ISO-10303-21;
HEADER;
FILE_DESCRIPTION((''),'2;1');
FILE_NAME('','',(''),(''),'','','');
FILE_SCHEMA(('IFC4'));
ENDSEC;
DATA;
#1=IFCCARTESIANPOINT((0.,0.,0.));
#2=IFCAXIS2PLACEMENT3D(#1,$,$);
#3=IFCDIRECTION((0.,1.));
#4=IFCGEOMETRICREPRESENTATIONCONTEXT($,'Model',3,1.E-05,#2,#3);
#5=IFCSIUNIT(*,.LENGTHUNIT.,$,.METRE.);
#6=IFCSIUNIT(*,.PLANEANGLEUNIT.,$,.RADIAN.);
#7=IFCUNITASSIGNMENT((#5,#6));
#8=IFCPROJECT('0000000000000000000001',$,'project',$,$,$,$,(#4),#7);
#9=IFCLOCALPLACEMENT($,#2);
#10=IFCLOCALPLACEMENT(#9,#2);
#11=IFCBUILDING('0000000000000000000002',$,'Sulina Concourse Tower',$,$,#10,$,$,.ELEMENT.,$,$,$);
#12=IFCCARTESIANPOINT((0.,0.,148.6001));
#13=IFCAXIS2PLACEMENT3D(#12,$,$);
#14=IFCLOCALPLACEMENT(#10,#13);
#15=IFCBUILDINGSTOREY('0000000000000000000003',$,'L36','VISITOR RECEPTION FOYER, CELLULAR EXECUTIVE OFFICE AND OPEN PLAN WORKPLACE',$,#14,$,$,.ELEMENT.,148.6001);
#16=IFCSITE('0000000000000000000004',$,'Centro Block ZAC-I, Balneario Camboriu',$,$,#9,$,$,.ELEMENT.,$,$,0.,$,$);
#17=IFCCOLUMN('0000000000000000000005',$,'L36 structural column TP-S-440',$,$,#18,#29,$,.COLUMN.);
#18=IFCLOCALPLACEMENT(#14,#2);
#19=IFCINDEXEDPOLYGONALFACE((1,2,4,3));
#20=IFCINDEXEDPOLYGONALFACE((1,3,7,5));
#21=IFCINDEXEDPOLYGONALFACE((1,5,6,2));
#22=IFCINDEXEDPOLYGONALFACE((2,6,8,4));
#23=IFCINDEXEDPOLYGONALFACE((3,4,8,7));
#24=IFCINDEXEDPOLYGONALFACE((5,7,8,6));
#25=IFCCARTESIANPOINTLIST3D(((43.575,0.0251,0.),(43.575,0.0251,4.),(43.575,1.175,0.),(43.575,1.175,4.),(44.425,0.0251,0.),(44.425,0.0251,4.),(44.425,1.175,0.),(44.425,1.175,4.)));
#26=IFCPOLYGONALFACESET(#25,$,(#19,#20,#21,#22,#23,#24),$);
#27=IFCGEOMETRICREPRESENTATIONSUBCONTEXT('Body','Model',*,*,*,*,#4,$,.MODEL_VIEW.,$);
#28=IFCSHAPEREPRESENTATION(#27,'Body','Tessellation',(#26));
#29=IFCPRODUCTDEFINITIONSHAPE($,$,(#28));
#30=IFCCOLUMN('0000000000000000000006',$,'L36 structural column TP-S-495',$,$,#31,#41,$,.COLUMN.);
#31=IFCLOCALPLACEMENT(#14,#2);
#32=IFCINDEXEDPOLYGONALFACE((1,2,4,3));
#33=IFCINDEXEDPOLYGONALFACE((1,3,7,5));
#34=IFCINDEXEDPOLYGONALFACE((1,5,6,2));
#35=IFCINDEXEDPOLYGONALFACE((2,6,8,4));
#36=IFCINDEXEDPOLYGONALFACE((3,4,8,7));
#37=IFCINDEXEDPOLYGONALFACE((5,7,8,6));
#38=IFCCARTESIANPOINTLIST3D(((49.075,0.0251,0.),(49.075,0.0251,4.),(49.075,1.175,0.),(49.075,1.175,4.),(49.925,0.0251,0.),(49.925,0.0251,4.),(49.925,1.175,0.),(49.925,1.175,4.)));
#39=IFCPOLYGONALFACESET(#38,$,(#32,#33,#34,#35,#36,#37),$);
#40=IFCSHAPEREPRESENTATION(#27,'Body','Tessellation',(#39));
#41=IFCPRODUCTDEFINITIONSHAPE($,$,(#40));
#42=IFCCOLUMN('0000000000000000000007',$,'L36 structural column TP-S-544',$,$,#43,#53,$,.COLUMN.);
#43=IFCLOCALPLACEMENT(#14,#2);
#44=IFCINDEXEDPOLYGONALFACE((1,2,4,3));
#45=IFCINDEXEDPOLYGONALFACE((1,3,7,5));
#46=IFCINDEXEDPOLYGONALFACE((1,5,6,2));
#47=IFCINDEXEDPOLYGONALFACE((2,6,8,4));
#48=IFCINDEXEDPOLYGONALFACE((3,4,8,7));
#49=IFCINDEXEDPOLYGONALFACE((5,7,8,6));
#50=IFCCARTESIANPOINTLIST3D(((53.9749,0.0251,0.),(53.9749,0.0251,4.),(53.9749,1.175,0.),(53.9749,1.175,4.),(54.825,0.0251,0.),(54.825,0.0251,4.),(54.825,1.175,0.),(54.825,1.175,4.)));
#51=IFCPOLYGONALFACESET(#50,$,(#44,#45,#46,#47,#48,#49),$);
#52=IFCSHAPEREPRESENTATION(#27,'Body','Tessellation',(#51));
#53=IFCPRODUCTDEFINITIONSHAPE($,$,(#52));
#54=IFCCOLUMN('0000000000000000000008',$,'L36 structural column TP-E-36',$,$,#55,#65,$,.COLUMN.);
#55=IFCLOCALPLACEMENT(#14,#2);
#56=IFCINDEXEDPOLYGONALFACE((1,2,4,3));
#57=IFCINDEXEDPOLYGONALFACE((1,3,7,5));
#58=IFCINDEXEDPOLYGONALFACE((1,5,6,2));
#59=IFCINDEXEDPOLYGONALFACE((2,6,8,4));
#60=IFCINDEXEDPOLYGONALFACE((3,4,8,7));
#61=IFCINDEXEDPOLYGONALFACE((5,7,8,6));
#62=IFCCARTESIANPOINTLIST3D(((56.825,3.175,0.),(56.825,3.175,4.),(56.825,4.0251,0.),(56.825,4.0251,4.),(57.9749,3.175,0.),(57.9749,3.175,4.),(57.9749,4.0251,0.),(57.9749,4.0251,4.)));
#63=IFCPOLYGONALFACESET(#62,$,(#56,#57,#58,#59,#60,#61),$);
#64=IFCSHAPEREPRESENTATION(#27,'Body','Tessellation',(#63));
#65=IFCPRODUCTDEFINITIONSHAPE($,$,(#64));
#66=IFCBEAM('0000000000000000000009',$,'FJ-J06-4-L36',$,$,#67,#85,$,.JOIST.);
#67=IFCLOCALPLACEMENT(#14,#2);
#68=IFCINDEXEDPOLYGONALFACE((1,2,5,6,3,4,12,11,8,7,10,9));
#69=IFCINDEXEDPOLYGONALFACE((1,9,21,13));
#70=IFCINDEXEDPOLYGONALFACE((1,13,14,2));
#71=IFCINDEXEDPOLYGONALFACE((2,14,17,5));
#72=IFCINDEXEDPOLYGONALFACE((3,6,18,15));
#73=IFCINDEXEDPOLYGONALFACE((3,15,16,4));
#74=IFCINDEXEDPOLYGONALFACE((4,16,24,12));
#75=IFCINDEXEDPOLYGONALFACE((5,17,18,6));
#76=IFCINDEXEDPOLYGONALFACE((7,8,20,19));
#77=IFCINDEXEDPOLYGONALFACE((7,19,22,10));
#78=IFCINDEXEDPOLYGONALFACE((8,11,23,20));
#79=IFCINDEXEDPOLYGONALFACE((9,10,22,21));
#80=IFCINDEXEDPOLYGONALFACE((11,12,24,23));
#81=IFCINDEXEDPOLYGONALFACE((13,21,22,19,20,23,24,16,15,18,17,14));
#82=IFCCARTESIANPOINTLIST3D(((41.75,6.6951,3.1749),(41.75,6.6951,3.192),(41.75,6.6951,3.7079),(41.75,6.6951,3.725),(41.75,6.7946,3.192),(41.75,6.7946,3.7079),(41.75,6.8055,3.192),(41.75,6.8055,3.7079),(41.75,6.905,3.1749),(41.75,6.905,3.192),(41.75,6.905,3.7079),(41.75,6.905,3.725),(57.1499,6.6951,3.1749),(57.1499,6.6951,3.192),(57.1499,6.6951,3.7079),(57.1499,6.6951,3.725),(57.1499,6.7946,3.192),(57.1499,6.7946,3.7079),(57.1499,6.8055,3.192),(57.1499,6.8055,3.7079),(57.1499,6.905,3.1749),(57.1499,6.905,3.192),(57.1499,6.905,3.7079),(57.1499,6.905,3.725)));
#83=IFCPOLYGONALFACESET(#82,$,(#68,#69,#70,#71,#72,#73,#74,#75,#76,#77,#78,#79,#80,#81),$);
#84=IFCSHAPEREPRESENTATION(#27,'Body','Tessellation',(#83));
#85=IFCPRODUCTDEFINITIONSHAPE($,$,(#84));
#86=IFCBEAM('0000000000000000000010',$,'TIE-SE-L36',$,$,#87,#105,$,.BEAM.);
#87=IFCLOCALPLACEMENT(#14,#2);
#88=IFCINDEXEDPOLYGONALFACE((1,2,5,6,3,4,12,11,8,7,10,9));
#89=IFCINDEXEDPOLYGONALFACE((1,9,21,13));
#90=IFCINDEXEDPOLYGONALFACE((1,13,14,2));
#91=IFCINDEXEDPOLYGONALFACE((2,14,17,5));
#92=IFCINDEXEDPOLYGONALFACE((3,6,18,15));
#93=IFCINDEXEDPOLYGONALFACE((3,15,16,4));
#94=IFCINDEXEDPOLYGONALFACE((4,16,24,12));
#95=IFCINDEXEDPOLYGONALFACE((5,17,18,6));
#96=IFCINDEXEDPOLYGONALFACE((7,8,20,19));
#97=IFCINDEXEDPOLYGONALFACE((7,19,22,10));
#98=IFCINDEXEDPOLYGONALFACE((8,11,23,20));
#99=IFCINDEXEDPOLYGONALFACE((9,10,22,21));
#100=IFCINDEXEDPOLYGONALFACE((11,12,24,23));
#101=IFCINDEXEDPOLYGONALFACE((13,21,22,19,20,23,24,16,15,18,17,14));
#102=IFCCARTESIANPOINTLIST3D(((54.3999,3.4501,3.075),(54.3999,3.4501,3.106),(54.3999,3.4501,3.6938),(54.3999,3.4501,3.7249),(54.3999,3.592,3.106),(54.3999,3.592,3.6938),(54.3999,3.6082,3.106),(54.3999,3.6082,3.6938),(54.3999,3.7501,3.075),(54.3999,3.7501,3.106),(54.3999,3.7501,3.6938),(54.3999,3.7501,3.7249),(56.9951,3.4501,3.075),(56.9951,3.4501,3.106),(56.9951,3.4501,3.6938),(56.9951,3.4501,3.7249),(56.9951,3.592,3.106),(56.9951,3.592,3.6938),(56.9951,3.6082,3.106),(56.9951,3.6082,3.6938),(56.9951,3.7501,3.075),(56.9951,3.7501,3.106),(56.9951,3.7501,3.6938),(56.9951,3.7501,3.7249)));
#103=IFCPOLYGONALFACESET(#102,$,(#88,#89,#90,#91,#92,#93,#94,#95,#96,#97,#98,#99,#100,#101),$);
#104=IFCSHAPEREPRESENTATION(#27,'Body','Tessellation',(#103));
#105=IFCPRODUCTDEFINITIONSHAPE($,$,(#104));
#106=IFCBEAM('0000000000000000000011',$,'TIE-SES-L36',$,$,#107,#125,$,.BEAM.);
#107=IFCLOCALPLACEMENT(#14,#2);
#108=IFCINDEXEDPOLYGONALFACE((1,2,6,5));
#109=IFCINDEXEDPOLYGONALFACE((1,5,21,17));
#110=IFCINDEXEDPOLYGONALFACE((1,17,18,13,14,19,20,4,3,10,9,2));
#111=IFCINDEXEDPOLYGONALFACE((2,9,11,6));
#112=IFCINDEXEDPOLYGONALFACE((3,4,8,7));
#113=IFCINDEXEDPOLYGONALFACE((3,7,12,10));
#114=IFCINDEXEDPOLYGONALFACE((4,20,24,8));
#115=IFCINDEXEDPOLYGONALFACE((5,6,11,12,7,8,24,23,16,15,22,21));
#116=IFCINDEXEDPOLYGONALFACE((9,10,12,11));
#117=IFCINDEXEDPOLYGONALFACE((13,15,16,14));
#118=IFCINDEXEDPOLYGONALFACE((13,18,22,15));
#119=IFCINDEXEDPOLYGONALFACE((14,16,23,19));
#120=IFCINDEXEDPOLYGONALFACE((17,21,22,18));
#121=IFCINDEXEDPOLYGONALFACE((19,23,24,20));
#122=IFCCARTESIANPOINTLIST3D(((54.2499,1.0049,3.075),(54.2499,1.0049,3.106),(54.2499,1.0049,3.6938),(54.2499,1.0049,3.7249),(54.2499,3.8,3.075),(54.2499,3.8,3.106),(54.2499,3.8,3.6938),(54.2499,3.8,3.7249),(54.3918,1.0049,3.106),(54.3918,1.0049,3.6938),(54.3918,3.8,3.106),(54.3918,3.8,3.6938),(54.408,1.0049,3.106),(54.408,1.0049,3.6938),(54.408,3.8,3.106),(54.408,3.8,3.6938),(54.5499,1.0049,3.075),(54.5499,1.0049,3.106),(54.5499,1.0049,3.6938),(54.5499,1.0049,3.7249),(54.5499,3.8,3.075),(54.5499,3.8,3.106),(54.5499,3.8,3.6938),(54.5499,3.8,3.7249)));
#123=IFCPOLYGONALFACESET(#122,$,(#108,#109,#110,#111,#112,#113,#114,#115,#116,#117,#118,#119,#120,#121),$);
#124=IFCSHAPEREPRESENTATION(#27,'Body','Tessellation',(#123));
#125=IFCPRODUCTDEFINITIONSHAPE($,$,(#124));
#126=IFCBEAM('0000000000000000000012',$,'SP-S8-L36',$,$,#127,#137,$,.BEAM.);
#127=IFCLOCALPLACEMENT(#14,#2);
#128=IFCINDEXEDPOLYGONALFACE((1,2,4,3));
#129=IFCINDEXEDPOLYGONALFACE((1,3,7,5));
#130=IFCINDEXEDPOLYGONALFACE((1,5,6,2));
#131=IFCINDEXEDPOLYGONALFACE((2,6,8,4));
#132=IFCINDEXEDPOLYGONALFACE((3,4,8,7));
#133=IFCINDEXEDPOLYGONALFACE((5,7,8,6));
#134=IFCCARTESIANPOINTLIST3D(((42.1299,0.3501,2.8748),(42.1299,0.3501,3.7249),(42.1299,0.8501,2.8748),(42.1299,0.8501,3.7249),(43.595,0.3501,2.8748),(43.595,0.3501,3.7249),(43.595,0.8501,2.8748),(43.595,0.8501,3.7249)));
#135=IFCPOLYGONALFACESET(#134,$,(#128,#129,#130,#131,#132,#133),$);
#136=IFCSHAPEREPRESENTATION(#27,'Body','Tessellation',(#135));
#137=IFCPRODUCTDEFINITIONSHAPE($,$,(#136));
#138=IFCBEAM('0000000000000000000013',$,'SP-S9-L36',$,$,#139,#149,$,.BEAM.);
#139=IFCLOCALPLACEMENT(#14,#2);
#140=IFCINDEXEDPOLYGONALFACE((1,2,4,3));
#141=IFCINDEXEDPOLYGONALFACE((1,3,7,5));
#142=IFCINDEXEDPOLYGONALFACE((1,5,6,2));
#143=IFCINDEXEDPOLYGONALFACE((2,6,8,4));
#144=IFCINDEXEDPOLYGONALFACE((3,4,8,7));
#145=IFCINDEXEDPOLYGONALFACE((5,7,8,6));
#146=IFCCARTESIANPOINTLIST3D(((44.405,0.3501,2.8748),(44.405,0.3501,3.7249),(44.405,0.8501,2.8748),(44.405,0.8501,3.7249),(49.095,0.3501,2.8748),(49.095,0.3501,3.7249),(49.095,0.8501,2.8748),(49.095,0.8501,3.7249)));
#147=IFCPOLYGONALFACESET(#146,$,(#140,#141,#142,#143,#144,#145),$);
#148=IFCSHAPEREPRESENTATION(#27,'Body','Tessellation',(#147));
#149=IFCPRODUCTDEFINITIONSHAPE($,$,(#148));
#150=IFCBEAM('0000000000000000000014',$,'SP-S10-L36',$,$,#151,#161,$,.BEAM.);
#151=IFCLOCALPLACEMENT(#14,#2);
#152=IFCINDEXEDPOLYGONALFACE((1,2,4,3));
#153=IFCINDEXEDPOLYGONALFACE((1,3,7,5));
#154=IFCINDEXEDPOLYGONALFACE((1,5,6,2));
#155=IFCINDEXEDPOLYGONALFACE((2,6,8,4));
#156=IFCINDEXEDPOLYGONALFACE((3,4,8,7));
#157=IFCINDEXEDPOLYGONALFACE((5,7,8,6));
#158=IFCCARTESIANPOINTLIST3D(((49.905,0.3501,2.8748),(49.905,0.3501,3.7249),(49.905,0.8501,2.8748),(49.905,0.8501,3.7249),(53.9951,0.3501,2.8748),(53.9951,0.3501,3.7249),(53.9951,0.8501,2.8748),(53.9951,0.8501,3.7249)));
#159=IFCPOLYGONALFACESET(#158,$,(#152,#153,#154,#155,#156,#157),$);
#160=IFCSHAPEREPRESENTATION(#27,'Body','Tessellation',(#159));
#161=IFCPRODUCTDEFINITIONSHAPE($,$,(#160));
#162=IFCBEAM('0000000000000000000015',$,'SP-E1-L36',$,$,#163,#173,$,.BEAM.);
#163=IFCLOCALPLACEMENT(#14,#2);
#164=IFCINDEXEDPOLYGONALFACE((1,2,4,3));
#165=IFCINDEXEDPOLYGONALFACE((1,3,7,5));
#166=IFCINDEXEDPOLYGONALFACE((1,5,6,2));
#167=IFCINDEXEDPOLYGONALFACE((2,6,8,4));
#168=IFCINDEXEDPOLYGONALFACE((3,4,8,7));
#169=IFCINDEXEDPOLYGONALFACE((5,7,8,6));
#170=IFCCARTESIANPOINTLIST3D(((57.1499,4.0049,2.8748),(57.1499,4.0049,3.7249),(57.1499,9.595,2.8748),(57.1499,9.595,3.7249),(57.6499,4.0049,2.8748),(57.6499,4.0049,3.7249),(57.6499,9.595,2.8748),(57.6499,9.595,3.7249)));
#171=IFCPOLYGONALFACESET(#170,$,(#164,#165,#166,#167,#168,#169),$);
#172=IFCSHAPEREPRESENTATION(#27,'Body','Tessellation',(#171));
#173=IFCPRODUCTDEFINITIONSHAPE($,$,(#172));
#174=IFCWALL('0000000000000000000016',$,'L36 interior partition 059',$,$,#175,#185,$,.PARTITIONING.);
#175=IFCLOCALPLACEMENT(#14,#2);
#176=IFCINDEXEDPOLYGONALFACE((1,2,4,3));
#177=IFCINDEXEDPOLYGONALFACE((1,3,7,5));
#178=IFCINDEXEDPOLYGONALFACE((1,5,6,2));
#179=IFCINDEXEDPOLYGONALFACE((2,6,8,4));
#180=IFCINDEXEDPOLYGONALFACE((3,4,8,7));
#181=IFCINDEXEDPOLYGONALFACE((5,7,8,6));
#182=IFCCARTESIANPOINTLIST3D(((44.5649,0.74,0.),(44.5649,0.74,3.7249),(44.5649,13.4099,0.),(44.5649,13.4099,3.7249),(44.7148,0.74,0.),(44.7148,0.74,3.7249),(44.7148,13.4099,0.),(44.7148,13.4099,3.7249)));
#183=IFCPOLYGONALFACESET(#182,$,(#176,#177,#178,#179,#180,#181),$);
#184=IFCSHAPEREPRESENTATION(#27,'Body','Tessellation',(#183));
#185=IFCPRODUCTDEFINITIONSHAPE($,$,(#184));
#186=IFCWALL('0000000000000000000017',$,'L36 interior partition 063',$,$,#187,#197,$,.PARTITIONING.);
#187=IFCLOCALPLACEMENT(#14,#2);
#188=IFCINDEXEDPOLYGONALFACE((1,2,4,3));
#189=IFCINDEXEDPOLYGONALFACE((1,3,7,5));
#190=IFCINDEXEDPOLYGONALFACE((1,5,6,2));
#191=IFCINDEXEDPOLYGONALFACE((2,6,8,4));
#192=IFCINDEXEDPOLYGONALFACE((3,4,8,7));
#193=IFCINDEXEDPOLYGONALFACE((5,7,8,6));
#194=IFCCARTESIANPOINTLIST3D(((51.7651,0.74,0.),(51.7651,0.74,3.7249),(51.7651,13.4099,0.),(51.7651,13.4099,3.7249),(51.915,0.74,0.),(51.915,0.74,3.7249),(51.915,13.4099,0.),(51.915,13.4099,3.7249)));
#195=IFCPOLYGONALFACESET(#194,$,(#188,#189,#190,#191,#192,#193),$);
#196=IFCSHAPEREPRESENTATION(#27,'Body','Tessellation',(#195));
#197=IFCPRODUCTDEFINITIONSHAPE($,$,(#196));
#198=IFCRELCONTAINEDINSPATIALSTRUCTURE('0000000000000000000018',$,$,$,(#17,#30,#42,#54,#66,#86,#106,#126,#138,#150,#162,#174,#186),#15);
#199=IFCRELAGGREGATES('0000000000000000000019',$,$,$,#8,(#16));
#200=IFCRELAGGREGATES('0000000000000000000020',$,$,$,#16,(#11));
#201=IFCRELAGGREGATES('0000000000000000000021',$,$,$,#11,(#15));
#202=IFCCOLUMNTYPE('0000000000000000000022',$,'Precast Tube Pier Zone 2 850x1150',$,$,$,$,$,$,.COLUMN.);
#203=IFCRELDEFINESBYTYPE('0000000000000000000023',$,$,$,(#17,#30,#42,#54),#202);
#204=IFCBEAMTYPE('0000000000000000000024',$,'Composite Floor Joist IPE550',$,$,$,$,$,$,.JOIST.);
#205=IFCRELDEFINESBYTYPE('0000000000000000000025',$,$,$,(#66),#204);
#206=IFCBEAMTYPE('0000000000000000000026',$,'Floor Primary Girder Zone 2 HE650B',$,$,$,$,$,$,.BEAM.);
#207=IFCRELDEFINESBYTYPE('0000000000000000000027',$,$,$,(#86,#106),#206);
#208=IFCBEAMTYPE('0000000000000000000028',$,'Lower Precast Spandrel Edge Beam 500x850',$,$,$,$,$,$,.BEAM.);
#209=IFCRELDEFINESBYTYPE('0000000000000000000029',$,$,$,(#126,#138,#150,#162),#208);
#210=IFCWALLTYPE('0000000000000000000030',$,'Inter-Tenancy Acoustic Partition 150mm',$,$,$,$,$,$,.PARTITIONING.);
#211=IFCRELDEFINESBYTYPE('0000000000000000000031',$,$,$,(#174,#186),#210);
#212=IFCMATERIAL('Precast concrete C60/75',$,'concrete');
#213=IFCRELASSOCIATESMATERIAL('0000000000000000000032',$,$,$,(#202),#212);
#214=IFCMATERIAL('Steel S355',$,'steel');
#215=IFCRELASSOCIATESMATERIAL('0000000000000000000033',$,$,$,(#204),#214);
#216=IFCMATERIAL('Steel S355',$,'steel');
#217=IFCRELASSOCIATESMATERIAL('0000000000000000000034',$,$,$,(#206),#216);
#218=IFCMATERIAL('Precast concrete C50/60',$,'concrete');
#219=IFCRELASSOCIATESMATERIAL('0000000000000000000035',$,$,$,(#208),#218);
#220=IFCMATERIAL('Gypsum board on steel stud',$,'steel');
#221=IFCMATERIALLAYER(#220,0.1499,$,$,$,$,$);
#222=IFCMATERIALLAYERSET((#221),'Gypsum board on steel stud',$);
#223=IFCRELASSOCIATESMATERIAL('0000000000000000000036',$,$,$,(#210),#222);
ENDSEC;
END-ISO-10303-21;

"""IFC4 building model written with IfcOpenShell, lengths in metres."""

from ifc_helpers import new_model, si_unit, direction, frame, frame_2d, origin, origin_2d, place, context, subcontext, project, spatial, rectangle, i_section, extrude, material, layer, layer_set, material_profile, profile_set, type_object, element, save


model = new_model("IFC4")

# Units and contexts
model_context = context("Model", 3, precision=1e-05, world=origin(), true_north=direction((0.0, 1.0)))
body_context = subcontext(model_context, "Body", "Model", "MODEL_VIEW")
ifc_project = project(units=[si_unit("LENGTHUNIT", "METRE"), si_unit("PLANEANGLEUNIT", "RADIAN")], contexts=[model_context])

# Site, building, storey
site_placement = place(None, origin())
site = spatial("IfcSite", under=ifc_project, at=site_placement, Name="Centro Block ZAC-I, Balneario Camboriu", CompositionType="ELEMENT", RefElevation=0.0)
building_placement = place(site_placement, origin())
building = spatial("IfcBuilding", under=site, at=building_placement, Name="Sulina Concourse Tower", CompositionType="ELEMENT")
storey_placement = place(building_placement, frame((0.0, 0.0, 148.6001)))
storey = spatial("IfcBuildingStorey", under=building, at=storey_placement, Name="L36", Description="VISITOR RECEPTION FOYER, CELLULAR EXECUTIVE OFFICE AND OPEN PLAN WORKPLACE", CompositionType="ELEMENT", Elevation=148.6001)

# Columns
ifc_material_1 = material(Name="Precast concrete C60/75", Category="concrete")
ifc_material_profile_1 = material_profile(ifc_material_1, rectangle(XDim=0.8501, YDim=1.1499, at=origin_2d()), Name="PC 850x1150")
ifc_profile_set_1 = profile_set([ifc_material_profile_1], Name="Precast concrete C60/75")
column_type = type_object("IfcColumnType", Name="Precast Tube Pier Zone 2 850x1150", PredefinedType="COLUMN", material=ifc_profile_set_1)
for number, where, z_axis, x_axis, name in (
    (1, (44.0, 0.6001, 0.0), (0.0, 0.0, 1.0), (1.0, 0.0, 0.0), "L36 structural column TP-S-440"),
    (2, (49.5, 0.6001, 0.0), (0.0, 0.0, 1.0), (1.0, 0.0, 0.0), "L36 structural column TP-S-495"),
    (3, (54.3999, 0.6001, 0.0), (0.0, 0.0, 1.0), (1.0, 0.0, 0.0), "L36 structural column TP-S-544"),
    (4, (57.3999, 3.6001, 0.0), (0.0, 0.0, 1.0), (0.0, 1.0, 0.0), "L36 structural column TP-E-36"),
):
    element("IfcColumn", number, at=place(storey_placement, frame(where, z_axis=z_axis, x_axis=x_axis)), inside=storey, type_object=column_type, Name=name, PredefinedType="COLUMN", context=body_context, shape_type="SweptSolid", body=[
        extrude(rectangle(XDim=0.8501, YDim=1.1499, at=origin_2d()), origin(), (0.0, 0.0, 1.0), 4.0),
    ])

# Beams
ifc_material_2 = material(Name="Steel S355", Category="steel")
ifc_material_profile_2 = material_profile(ifc_material_2, i_section(OverallWidth=0.21, OverallDepth=0.55, WebThickness=0.011, FlangeThickness=0.0171, at=origin_2d()), Name="IPE 550")
ifc_profile_set_2 = profile_set([ifc_material_profile_2], Name="Steel S355")
beam_type_1 = type_object("IfcBeamType", Name="Composite Floor Joist IPE550", PredefinedType="JOIST", material=ifc_profile_set_2)
beam_1_placement = place(storey_placement, frame((41.75, 6.8, 3.45), z_axis=(1.0, 0.0, 0.0), x_axis=(0.0, 1.0, 0.0)))
element("IfcBeam", 5, at=beam_1_placement, inside=storey, type_object=beam_type_1, Name="FJ-J06-4-L36", PredefinedType="JOIST", context=body_context, shape_type="SweptSolid", body=[
    extrude(i_section(OverallWidth=0.21, OverallDepth=0.55, WebThickness=0.011, FlangeThickness=0.0171, at=origin_2d()), origin(), (0.0, 0.0, 1.0), 15.3999),
])
ifc_material_3 = material(Name="Steel S355", Category="steel")
ifc_material_profile_3 = material_profile(ifc_material_3, i_section(OverallWidth=0.3, OverallDepth=0.6499, WebThickness=0.0161, FlangeThickness=0.031, at=origin_2d()), Name="HE 650 B")
ifc_profile_set_3 = profile_set([ifc_material_profile_3], Name="Steel S355")
beam_type_2 = type_object("IfcBeamType", Name="Floor Primary Girder Zone 2 HE650B", PredefinedType="BEAM", material=ifc_profile_set_3)
beam_2_placement = place(storey_placement, frame((54.3999, 3.6001, 3.3999), z_axis=(1.0, 0.0, 0.0), x_axis=(0.0, 1.0, 0.0)))
element("IfcBeam", 6, at=beam_2_placement, inside=storey, type_object=beam_type_2, Name="TIE-SE-L36", PredefinedType="BEAM", context=body_context, shape_type="SweptSolid", body=[
    extrude(i_section(OverallWidth=0.3, OverallDepth=0.6499, WebThickness=0.0161, FlangeThickness=0.031, at=origin_2d()), origin(), (0.0, 0.0, 1.0), 2.5952),
])
beam_3_placement = place(storey_placement, frame((54.3999, 1.0049, 3.3999), z_axis=(0.0, 1.0, 0.0), x_axis=(-1.0, 0.0, 0.0)))
element("IfcBeam", 7, at=beam_3_placement, inside=storey, type_object=beam_type_2, Name="TIE-SES-L36", PredefinedType="BEAM", context=body_context, shape_type="SweptSolid", body=[
    extrude(i_section(OverallWidth=0.3, OverallDepth=0.6499, WebThickness=0.0161, FlangeThickness=0.031, at=origin_2d()), origin(), (0.0, 0.0, 1.0), 2.7952),
])
ifc_material_4 = material(Name="Precast concrete C50/60", Category="concrete")
ifc_material_profile_4 = material_profile(ifc_material_4, rectangle(XDim=0.5, YDim=0.8501, at=origin_2d()), Name="RC 500x850")
ifc_profile_set_4 = profile_set([ifc_material_profile_4], Name="Precast concrete C50/60")
beam_type_3 = type_object("IfcBeamType", Name="Lower Precast Spandrel Edge Beam 500x850", PredefinedType="BEAM", material=ifc_profile_set_4)
beam_4_placement = place(storey_placement, frame((42.1299, 0.6001, 3.2998), z_axis=(1.0, 0.0, 0.0), x_axis=(0.0, 1.0, 0.0)))
element("IfcBeam", 8, at=beam_4_placement, inside=storey, type_object=beam_type_3, Name="SP-S8-L36", PredefinedType="BEAM", context=body_context, shape_type="SweptSolid", body=[
    extrude(rectangle(XDim=0.5, YDim=0.8501, at=origin_2d()), origin(), (0.0, 0.0, 1.0), 1.4651),
])
beam_5_placement = place(storey_placement, frame((44.405, 0.6001, 3.2998), z_axis=(1.0, 0.0, 0.0), x_axis=(0.0, 1.0, 0.0)))
element("IfcBeam", 9, at=beam_5_placement, inside=storey, type_object=beam_type_3, Name="SP-S9-L36", PredefinedType="BEAM", context=body_context, shape_type="SweptSolid", body=[
    extrude(rectangle(XDim=0.5, YDim=0.8501, at=origin_2d()), origin(), (0.0, 0.0, 1.0), 4.6899),
])
beam_6_placement = place(storey_placement, frame((49.905, 0.6001, 3.2998), z_axis=(1.0, 0.0, 0.0), x_axis=(0.0, 1.0, 0.0)))
element("IfcBeam", 10, at=beam_6_placement, inside=storey, type_object=beam_type_3, Name="SP-S10-L36", PredefinedType="BEAM", context=body_context, shape_type="SweptSolid", body=[
    extrude(rectangle(XDim=0.5, YDim=0.8501, at=origin_2d()), origin(), (0.0, 0.0, 1.0), 4.0901),
])
beam_7_placement = place(storey_placement, frame((57.3999, 4.0049, 3.2998), z_axis=(0.0, 1.0, 0.0), x_axis=(-1.0, 0.0, 0.0)))
element("IfcBeam", 11, at=beam_7_placement, inside=storey, type_object=beam_type_3, Name="SP-E1-L36", PredefinedType="BEAM", context=body_context, shape_type="SweptSolid", body=[
    extrude(rectangle(XDim=0.5, YDim=0.8501, at=origin_2d()), origin(), (0.0, 0.0, 1.0), 5.5901),
])

# Walls
ifc_material_5 = material(Name="Gypsum board on steel stud", Category="steel")
ifc_layer_1 = layer(ifc_material_5, 0.1499)
ifc_layer_set_1 = layer_set([ifc_layer_1], Name="Gypsum board on steel stud")
wall_type_1 = type_object("IfcWallType", Name="Inter-Tenancy Acoustic Partition 150mm", PredefinedType="PARTITIONING", material=ifc_layer_set_1)
for number, where, z_axis, x_axis, name in (
    (12, (44.6399, 0.74, 0.0), (0.0, 0.0, 1.0), (0.0, 1.0, 0.0), "L36 interior partition 059"),
    (13, (51.8401, 0.74, 0.0), (0.0, 0.0, 1.0), (0.0, 1.0, 0.0), "L36 interior partition 063"),
):
    element("IfcWall", number, at=place(storey_placement, frame(where, z_axis=z_axis, x_axis=x_axis)), inside=storey, type_object=wall_type_1, Name=name, PredefinedType="PARTITIONING", context=body_context, shape_type="SweptSolid", body=[
        extrude(rectangle(XDim=12.6699, YDim=0.1499, at=frame_2d((6.335, 0.0))), origin(), (0.0, 0.0, 1.0), 3.7249),
    ])

save(model, "model.ifc")
